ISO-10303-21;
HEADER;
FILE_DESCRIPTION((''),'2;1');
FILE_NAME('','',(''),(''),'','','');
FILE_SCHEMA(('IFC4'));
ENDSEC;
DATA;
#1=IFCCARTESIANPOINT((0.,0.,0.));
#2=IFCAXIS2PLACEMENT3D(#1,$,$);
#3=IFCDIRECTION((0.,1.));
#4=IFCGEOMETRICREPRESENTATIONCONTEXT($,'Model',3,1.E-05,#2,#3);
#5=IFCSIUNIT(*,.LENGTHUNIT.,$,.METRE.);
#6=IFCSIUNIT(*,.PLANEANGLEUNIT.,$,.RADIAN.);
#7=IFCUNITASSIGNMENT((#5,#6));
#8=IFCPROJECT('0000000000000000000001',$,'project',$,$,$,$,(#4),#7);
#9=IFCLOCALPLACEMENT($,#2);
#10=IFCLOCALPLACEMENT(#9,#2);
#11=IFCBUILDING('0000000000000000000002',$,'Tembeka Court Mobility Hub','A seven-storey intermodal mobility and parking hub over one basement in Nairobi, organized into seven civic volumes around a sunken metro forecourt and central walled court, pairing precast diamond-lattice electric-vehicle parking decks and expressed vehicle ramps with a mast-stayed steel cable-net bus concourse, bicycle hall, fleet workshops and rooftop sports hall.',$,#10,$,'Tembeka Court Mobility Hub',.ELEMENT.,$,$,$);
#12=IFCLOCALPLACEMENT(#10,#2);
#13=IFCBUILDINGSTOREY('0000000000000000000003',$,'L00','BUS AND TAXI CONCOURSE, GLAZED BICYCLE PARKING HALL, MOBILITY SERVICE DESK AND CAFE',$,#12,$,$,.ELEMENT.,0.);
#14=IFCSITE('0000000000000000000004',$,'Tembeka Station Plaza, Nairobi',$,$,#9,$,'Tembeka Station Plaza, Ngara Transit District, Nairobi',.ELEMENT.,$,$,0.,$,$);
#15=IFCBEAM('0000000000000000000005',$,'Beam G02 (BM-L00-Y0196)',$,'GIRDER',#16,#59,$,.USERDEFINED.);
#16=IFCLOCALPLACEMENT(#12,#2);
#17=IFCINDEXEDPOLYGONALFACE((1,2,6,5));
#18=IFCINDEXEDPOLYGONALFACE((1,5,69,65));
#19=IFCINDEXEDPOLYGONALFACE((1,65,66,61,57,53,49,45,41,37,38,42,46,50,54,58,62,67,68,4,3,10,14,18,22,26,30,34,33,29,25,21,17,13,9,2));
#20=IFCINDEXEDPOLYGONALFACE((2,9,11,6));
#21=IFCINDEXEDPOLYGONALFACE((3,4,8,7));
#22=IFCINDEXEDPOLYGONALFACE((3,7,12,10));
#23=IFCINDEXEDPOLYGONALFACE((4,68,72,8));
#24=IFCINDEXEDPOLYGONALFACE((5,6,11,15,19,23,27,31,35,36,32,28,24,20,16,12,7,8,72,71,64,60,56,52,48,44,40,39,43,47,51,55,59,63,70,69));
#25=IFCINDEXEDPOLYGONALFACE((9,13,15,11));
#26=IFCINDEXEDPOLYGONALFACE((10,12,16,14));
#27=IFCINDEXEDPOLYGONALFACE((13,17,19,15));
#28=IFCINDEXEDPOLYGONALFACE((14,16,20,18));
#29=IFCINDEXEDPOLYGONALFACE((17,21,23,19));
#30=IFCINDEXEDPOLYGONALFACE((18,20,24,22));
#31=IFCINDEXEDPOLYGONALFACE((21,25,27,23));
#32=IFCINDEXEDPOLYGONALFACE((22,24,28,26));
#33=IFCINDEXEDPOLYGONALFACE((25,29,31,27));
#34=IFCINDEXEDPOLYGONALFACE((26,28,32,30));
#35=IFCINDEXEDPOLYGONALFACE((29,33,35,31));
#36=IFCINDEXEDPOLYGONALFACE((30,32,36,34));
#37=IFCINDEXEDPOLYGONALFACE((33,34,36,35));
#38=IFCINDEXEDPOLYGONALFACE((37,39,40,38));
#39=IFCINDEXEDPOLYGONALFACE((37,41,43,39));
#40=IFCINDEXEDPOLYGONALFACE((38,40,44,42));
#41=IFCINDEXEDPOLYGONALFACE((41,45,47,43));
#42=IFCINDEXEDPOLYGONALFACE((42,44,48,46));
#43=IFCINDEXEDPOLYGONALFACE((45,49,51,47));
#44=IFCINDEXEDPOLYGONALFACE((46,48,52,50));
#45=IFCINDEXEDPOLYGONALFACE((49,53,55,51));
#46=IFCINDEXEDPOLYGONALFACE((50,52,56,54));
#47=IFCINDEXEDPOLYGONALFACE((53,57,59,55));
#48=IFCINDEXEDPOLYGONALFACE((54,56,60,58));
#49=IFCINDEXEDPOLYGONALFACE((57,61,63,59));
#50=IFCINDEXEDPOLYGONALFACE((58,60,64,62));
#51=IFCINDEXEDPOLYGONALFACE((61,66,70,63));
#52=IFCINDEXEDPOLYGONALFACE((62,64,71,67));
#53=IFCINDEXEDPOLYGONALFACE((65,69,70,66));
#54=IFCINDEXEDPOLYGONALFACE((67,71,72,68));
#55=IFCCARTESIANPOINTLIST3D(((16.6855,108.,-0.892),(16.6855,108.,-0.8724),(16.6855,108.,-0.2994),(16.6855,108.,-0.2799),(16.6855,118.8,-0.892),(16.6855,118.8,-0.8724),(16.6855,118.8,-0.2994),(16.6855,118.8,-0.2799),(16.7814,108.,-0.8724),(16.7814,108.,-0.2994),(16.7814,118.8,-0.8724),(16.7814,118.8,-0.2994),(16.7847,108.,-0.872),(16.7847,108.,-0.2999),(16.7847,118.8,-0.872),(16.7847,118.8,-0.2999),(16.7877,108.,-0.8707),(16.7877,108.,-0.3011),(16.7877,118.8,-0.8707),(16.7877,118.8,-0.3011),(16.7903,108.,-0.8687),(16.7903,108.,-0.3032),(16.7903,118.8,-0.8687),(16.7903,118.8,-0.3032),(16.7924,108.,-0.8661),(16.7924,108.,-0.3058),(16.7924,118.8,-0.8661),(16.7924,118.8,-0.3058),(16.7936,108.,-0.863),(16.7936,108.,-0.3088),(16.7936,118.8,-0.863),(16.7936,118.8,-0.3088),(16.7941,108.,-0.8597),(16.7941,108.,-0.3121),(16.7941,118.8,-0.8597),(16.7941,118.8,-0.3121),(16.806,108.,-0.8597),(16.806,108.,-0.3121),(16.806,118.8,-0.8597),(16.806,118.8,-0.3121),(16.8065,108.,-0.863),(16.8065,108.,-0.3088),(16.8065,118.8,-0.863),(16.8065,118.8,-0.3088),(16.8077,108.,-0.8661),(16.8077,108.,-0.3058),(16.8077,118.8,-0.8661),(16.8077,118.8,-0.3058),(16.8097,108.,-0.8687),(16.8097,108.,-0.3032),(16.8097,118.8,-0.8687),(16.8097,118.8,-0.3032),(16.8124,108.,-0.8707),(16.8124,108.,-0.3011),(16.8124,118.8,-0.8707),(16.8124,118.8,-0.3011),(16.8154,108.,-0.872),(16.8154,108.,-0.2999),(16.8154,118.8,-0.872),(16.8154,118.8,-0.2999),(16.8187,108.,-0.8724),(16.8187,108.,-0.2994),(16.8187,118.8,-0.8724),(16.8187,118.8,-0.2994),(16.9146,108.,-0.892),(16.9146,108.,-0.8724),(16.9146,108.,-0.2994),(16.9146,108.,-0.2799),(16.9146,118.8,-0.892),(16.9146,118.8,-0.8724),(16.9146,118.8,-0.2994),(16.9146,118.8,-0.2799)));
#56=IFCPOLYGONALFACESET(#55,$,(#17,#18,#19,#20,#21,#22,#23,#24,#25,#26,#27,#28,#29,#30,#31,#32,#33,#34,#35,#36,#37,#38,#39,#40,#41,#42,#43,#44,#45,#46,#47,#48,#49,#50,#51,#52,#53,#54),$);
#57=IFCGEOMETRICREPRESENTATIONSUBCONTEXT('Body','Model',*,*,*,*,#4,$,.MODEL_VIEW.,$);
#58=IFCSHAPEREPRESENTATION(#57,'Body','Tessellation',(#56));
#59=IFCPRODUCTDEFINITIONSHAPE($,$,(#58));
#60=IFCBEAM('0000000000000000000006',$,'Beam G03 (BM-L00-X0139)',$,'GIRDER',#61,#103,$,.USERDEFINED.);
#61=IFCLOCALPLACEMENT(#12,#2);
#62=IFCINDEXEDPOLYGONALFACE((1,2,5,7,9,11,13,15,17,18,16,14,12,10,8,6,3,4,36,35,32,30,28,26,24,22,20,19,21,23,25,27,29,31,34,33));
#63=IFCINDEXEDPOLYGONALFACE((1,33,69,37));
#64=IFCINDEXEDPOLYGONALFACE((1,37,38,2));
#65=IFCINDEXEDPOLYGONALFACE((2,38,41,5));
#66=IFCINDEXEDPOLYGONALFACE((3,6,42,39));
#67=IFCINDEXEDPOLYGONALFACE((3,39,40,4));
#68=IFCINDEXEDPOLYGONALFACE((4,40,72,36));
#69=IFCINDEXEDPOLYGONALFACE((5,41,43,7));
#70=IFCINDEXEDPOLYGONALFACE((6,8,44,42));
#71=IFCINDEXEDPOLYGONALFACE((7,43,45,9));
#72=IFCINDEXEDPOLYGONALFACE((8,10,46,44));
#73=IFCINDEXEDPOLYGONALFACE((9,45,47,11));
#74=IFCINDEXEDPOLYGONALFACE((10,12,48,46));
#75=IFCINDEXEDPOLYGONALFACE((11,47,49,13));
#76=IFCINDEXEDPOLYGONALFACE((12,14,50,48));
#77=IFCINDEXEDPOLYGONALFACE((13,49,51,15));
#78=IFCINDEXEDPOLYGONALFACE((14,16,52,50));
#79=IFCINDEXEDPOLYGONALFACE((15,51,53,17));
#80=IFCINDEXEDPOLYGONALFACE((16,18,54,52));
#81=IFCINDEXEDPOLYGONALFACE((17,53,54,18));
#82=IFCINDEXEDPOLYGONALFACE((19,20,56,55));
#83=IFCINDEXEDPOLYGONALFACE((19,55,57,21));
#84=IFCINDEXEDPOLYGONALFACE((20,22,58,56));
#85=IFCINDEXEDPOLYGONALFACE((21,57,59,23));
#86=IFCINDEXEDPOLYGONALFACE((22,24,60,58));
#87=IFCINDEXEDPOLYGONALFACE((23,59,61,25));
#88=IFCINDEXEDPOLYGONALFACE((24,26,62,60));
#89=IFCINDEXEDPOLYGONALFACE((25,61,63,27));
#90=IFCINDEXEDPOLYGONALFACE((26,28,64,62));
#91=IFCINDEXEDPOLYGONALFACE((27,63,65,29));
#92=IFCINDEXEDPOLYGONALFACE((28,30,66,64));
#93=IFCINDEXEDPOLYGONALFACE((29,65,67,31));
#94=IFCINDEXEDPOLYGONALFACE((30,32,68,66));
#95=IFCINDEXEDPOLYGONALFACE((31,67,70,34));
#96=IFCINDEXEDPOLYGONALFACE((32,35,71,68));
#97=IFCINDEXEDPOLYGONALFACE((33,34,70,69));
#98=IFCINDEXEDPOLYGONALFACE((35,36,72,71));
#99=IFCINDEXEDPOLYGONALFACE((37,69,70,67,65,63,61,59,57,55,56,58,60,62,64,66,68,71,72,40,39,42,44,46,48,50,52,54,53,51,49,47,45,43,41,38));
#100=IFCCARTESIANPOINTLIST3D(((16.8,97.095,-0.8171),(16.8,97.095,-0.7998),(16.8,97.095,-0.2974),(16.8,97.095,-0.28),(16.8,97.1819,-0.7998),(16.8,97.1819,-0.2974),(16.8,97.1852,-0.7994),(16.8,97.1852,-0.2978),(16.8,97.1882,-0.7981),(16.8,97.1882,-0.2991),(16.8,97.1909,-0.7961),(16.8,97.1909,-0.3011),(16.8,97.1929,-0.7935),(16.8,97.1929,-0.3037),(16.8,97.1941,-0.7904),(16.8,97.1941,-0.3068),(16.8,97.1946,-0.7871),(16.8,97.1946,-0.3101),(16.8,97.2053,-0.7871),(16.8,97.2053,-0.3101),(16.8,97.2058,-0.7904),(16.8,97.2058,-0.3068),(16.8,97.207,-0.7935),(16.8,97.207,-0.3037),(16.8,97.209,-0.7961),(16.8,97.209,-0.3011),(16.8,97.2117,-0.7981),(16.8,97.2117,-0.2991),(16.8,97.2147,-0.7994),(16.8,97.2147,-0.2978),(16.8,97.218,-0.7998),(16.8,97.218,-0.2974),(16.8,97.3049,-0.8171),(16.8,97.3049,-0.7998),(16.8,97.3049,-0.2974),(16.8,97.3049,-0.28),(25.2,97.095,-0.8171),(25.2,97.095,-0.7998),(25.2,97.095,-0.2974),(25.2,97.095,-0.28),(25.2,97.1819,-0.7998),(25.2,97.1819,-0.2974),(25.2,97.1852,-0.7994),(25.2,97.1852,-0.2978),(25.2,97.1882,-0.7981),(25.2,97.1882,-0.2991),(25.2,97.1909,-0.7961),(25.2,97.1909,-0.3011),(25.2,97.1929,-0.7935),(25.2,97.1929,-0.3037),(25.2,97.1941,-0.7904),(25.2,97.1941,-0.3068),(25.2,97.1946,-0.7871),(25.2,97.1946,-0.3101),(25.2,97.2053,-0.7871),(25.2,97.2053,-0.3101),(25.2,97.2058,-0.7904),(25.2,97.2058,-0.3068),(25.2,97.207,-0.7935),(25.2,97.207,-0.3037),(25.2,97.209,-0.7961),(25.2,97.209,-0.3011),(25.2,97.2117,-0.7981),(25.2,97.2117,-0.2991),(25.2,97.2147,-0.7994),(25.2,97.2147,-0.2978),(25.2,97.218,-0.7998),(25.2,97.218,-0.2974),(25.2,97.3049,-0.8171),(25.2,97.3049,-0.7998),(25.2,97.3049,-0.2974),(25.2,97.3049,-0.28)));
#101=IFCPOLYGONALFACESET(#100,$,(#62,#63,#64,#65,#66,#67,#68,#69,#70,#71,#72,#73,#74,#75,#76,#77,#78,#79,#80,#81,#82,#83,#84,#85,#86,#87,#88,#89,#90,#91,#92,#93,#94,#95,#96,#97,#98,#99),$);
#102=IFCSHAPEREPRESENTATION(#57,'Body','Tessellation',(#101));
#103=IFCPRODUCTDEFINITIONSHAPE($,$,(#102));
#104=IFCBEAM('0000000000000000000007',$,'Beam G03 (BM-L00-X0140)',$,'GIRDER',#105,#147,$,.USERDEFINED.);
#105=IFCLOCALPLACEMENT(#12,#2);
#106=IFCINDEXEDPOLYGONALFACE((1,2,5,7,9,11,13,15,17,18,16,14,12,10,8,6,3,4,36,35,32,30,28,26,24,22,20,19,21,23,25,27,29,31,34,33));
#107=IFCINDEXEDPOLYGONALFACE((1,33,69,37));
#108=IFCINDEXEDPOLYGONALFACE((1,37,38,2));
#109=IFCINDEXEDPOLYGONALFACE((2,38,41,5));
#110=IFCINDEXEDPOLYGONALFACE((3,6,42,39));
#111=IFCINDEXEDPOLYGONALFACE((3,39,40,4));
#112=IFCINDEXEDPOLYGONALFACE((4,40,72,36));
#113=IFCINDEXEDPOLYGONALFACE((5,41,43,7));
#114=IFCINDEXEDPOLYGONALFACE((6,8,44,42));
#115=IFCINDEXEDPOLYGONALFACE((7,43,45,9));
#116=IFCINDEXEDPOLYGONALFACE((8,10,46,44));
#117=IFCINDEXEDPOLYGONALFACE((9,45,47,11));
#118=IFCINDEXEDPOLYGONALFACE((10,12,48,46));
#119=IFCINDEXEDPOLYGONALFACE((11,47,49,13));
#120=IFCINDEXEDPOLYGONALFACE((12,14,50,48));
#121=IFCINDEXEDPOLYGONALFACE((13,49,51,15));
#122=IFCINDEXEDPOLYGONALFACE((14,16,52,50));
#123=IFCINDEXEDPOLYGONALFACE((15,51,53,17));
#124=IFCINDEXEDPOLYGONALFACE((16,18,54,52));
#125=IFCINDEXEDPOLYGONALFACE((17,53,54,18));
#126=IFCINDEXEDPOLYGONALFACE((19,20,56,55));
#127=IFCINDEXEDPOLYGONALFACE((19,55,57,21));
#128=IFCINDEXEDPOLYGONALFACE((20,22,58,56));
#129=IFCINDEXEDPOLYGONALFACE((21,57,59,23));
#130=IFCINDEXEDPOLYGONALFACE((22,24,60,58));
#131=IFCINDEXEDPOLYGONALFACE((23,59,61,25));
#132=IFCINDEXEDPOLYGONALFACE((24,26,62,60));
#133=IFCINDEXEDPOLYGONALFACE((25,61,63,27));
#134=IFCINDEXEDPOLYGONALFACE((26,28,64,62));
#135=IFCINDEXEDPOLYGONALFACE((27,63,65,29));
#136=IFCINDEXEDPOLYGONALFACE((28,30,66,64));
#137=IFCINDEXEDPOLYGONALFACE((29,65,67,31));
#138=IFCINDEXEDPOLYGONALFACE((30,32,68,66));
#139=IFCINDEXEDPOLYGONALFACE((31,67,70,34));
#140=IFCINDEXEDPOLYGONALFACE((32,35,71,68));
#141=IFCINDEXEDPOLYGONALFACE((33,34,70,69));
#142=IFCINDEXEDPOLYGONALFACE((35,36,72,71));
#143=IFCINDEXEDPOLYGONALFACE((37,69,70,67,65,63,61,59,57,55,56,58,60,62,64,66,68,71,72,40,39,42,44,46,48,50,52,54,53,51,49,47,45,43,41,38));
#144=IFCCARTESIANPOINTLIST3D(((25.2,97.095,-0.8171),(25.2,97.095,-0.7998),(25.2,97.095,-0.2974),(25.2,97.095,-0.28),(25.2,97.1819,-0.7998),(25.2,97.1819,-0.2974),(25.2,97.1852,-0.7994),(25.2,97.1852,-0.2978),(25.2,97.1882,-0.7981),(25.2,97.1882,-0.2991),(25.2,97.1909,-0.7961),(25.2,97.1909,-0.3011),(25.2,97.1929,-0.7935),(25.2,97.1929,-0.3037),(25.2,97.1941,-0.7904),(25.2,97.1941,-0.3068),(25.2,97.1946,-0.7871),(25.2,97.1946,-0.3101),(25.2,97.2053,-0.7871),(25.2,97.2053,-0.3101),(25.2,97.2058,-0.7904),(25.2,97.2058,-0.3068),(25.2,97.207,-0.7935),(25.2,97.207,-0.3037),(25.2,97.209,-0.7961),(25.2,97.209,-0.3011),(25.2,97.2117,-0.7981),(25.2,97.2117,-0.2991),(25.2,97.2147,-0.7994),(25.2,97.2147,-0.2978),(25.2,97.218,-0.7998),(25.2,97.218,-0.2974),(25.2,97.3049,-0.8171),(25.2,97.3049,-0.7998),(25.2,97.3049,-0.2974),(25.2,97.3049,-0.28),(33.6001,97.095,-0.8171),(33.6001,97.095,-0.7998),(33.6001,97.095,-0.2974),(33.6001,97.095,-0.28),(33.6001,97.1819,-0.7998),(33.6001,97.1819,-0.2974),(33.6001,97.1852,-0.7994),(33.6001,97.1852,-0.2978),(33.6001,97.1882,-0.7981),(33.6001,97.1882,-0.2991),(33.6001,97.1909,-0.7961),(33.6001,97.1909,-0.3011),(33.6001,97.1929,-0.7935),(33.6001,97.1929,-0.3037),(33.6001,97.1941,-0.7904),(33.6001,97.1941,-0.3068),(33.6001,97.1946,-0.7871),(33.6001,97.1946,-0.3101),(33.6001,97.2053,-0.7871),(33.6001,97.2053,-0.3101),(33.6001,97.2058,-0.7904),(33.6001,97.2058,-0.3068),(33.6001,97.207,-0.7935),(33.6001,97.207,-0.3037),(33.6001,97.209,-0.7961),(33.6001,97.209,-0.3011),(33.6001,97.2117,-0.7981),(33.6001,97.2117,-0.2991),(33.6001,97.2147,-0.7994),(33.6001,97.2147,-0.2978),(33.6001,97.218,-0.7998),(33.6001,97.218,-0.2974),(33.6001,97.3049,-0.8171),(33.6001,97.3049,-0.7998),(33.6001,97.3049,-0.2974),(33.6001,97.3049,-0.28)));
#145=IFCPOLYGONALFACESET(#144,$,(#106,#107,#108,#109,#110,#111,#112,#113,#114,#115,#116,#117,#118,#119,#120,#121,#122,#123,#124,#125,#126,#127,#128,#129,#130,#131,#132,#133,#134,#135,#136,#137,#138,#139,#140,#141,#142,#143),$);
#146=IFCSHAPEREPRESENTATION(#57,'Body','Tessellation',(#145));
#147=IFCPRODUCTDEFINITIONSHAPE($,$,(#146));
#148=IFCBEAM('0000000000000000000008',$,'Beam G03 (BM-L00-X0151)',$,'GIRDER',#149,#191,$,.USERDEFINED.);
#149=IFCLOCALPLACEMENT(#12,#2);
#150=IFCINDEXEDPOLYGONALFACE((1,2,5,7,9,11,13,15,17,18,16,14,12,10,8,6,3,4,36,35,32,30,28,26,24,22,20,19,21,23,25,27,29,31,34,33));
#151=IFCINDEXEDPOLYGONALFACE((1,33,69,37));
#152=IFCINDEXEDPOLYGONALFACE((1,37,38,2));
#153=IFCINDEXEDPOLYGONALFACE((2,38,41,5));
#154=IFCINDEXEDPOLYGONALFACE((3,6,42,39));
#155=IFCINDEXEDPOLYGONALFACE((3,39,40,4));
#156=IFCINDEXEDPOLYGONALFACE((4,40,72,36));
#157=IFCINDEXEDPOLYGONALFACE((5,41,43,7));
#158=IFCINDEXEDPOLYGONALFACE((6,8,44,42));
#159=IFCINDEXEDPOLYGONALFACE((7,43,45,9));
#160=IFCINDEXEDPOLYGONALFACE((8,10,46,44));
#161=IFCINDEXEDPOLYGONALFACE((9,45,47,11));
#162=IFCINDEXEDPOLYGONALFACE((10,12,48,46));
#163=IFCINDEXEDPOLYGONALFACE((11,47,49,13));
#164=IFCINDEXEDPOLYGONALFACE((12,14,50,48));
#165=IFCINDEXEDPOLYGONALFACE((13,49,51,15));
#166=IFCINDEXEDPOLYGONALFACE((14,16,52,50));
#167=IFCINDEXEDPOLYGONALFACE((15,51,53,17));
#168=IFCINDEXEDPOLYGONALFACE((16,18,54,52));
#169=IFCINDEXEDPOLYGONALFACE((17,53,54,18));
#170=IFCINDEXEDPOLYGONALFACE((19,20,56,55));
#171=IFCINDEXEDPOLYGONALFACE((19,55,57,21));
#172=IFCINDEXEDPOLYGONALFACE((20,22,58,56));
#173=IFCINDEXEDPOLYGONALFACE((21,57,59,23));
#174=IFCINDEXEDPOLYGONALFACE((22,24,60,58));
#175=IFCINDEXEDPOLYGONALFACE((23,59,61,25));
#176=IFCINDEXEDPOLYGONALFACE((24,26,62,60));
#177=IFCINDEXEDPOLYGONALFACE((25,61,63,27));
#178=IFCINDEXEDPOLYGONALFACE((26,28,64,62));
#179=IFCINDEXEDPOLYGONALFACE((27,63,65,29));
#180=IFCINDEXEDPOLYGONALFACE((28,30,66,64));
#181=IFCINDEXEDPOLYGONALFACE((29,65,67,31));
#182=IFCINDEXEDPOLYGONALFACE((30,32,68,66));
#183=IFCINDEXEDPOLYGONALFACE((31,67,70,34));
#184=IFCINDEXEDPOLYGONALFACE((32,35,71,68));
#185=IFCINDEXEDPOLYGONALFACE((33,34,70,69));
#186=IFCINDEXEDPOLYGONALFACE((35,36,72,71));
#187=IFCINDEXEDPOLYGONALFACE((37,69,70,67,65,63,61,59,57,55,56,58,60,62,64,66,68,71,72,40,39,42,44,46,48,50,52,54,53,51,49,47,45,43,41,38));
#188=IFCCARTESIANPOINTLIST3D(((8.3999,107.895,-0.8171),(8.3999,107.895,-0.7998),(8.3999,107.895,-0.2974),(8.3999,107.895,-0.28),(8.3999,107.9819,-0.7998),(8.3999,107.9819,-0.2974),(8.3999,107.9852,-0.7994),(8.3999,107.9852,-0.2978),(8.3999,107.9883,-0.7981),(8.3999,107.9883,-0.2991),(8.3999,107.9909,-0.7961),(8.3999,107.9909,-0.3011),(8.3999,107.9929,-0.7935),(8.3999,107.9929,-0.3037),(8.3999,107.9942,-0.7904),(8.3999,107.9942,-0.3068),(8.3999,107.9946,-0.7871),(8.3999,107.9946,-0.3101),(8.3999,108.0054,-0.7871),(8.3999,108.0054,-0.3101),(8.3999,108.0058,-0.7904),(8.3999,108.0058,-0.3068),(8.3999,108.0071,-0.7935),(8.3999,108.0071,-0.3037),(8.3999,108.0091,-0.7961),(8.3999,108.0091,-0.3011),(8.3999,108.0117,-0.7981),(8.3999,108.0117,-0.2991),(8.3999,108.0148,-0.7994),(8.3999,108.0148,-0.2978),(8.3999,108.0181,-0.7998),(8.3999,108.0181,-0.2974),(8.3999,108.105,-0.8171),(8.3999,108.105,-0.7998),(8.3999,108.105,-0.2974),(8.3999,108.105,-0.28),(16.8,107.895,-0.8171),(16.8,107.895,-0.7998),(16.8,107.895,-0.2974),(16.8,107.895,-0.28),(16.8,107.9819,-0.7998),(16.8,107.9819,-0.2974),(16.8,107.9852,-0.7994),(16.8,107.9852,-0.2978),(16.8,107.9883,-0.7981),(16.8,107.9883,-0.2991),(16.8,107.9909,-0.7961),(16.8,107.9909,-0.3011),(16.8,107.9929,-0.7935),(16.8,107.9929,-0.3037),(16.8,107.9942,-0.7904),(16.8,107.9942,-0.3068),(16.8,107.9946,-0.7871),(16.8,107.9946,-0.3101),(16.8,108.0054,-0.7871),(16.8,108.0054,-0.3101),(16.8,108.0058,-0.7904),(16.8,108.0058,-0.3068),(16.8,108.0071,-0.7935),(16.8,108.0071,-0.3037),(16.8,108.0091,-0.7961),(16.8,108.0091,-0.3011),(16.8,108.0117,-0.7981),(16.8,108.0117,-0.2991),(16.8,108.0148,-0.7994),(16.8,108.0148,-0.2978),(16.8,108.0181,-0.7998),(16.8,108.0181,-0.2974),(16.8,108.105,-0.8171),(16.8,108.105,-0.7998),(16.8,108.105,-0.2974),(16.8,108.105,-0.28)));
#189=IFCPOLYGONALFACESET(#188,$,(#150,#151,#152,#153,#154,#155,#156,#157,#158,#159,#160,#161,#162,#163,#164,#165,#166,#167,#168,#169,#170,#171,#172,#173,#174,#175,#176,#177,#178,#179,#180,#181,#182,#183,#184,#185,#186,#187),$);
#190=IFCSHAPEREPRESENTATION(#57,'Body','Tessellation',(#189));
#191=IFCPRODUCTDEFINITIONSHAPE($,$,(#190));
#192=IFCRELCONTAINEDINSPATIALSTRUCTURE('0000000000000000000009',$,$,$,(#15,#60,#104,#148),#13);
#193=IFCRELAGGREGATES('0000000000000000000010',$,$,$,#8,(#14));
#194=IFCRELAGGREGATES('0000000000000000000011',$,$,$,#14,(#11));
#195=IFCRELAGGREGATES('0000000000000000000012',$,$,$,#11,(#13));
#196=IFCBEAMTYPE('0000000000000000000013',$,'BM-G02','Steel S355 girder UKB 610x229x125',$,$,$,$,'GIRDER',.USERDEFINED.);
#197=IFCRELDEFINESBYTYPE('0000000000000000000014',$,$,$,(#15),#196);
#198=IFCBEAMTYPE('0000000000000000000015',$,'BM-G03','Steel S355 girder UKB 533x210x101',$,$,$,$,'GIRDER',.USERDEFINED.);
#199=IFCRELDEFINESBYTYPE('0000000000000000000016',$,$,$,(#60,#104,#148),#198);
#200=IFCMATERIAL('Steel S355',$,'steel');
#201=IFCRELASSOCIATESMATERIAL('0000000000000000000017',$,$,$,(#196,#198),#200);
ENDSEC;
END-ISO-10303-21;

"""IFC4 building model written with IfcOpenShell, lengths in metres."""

from ifc_helpers import new_model, si_unit, direction, frame, origin, origin_2d, place, context, subcontext, project, spatial, i_section, extrude, material, material_profile, profile_set, type_object, element, save


model = new_model("IFC4")

# Units and contexts
model_context = context("Model", 3, precision=1e-05, world=origin(), true_north=direction((0.0, 1.0)))
body_context = subcontext(model_context, "Body", "Model", "MODEL_VIEW")
ifc_project = project(units=[si_unit("LENGTHUNIT", "METRE"), si_unit("PLANEANGLEUNIT", "RADIAN")], contexts=[model_context])

# Site, building, storey
site_placement = place(None, origin())
site = spatial("IfcSite", under=ifc_project, at=site_placement, Name="Tembeka Station Plaza, Nairobi", LongName="Tembeka Station Plaza, Ngara Transit District, Nairobi", CompositionType="ELEMENT", RefElevation=0.0)
building_placement = place(site_placement, origin())
building = spatial("IfcBuilding", under=site, at=building_placement, Name="Tembeka Court Mobility Hub", Description="A seven-storey intermodal mobility and parking hub over one basement in Nairobi, organized into seven civic volumes around a sunken metro forecourt and central walled court, pairing precast diamond-lattice electric-vehicle parking decks and expressed vehicle ramps with a mast-stayed steel cable-net bus concourse, bicycle hall, fleet workshops and rooftop sports hall.", LongName="Tembeka Court Mobility Hub", CompositionType="ELEMENT")
storey_placement = place(building_placement, origin())
storey = spatial("IfcBuildingStorey", under=building, at=storey_placement, Name="L00", Description="BUS AND TAXI CONCOURSE, GLAZED BICYCLE PARKING HALL, MOBILITY SERVICE DESK AND CAFE", CompositionType="ELEMENT", Elevation=0.0)

# Shared definitions
ifc_material_1 = material(Name="Steel S355", Category="steel")

# Beams
ifc_material_profile_1 = material_profile(ifc_material_1, i_section(OverallWidth=0.229, OverallDepth=0.6121, WebThickness=0.012, FlangeThickness=0.0195, FilletRadius=0.0127, at=origin_2d()), Name="UKB 610x229x125")
ifc_profile_set_1 = profile_set([ifc_material_profile_1], Name="Steel S355")
beam_type_1 = type_object("IfcBeamType", Name="BM-G02", Description="Steel S355 girder UKB 610x229x125", ElementType="GIRDER", PredefinedType="USERDEFINED", material=ifc_profile_set_1)
for number, where, z_axis, x_axis, name in (
    (1, (16.8, 108.0, -0.5859), (0.0, 1.0, 0.0), (-1.0, 0.0, 0.0), "Beam G02 (BM-L00-Y0196)"),
):
    element("IfcBeam", number, at=place(storey_placement, frame(where, z_axis=z_axis, x_axis=x_axis)), inside=storey, type_object=beam_type_1, Name=name, ObjectType="GIRDER", PredefinedType="USERDEFINED", context=body_context, shape_type="SweptSolid", body=[
        extrude(i_section(OverallWidth=0.229, OverallDepth=0.6121, WebThickness=0.012, FlangeThickness=0.0195, FilletRadius=0.0127, at=origin_2d()), origin(), (0.0, 0.0, 1.0), 10.8),
    ])
ifc_material_profile_2 = material_profile(ifc_material_1, i_section(OverallWidth=0.21, OverallDepth=0.5371, WebThickness=0.0107, FlangeThickness=0.0173, FilletRadius=0.0127, at=origin_2d()), Name="UKB 533x210x101")
ifc_profile_set_2 = profile_set([ifc_material_profile_2], Name="Steel S355")
beam_type_2 = type_object("IfcBeamType", Name="BM-G03", Description="Steel S355 girder UKB 533x210x101", ElementType="GIRDER", PredefinedType="USERDEFINED", material=ifc_profile_set_2)
beam_1_placement = place(storey_placement, frame((16.8, 97.2, -0.5486), z_axis=(1.0, 0.0, 0.0), x_axis=(0.0, 1.0, 0.0)))
element("IfcBeam", 2, at=beam_1_placement, inside=storey, type_object=beam_type_2, Name="Beam G03 (BM-L00-X0139)", ObjectType="GIRDER", PredefinedType="USERDEFINED", context=body_context, shape_type="SweptSolid", body=[
    extrude(i_section(OverallWidth=0.21, OverallDepth=0.5371, WebThickness=0.0107, FlangeThickness=0.0173, FilletRadius=0.0127, at=origin_2d()), origin(), (0.0, 0.0, 1.0), 8.3999),
])
for number, where, z_axis, x_axis, name in (
    (3, (25.2, 97.2, -0.5486), (1.0, 0.0, 0.0), (0.0, 1.0, 0.0), "Beam G03 (BM-L00-X0140)"),
    (4, (8.3999, 108.0, -0.5486), (1.0, 0.0, 0.0), (0.0, 1.0, 0.0), "Beam G03 (BM-L00-X0151)"),
):
    element("IfcBeam", number, at=place(storey_placement, frame(where, z_axis=z_axis, x_axis=x_axis)), inside=storey, type_object=beam_type_2, Name=name, ObjectType="GIRDER", PredefinedType="USERDEFINED", context=body_context, shape_type="SweptSolid", body=[
        extrude(i_section(OverallWidth=0.21, OverallDepth=0.5371, WebThickness=0.0107, FlangeThickness=0.0173, FilletRadius=0.0127, at=origin_2d()), origin(), (0.0, 0.0, 1.0), 8.4001),
    ])

save(model, "model.ifc")
